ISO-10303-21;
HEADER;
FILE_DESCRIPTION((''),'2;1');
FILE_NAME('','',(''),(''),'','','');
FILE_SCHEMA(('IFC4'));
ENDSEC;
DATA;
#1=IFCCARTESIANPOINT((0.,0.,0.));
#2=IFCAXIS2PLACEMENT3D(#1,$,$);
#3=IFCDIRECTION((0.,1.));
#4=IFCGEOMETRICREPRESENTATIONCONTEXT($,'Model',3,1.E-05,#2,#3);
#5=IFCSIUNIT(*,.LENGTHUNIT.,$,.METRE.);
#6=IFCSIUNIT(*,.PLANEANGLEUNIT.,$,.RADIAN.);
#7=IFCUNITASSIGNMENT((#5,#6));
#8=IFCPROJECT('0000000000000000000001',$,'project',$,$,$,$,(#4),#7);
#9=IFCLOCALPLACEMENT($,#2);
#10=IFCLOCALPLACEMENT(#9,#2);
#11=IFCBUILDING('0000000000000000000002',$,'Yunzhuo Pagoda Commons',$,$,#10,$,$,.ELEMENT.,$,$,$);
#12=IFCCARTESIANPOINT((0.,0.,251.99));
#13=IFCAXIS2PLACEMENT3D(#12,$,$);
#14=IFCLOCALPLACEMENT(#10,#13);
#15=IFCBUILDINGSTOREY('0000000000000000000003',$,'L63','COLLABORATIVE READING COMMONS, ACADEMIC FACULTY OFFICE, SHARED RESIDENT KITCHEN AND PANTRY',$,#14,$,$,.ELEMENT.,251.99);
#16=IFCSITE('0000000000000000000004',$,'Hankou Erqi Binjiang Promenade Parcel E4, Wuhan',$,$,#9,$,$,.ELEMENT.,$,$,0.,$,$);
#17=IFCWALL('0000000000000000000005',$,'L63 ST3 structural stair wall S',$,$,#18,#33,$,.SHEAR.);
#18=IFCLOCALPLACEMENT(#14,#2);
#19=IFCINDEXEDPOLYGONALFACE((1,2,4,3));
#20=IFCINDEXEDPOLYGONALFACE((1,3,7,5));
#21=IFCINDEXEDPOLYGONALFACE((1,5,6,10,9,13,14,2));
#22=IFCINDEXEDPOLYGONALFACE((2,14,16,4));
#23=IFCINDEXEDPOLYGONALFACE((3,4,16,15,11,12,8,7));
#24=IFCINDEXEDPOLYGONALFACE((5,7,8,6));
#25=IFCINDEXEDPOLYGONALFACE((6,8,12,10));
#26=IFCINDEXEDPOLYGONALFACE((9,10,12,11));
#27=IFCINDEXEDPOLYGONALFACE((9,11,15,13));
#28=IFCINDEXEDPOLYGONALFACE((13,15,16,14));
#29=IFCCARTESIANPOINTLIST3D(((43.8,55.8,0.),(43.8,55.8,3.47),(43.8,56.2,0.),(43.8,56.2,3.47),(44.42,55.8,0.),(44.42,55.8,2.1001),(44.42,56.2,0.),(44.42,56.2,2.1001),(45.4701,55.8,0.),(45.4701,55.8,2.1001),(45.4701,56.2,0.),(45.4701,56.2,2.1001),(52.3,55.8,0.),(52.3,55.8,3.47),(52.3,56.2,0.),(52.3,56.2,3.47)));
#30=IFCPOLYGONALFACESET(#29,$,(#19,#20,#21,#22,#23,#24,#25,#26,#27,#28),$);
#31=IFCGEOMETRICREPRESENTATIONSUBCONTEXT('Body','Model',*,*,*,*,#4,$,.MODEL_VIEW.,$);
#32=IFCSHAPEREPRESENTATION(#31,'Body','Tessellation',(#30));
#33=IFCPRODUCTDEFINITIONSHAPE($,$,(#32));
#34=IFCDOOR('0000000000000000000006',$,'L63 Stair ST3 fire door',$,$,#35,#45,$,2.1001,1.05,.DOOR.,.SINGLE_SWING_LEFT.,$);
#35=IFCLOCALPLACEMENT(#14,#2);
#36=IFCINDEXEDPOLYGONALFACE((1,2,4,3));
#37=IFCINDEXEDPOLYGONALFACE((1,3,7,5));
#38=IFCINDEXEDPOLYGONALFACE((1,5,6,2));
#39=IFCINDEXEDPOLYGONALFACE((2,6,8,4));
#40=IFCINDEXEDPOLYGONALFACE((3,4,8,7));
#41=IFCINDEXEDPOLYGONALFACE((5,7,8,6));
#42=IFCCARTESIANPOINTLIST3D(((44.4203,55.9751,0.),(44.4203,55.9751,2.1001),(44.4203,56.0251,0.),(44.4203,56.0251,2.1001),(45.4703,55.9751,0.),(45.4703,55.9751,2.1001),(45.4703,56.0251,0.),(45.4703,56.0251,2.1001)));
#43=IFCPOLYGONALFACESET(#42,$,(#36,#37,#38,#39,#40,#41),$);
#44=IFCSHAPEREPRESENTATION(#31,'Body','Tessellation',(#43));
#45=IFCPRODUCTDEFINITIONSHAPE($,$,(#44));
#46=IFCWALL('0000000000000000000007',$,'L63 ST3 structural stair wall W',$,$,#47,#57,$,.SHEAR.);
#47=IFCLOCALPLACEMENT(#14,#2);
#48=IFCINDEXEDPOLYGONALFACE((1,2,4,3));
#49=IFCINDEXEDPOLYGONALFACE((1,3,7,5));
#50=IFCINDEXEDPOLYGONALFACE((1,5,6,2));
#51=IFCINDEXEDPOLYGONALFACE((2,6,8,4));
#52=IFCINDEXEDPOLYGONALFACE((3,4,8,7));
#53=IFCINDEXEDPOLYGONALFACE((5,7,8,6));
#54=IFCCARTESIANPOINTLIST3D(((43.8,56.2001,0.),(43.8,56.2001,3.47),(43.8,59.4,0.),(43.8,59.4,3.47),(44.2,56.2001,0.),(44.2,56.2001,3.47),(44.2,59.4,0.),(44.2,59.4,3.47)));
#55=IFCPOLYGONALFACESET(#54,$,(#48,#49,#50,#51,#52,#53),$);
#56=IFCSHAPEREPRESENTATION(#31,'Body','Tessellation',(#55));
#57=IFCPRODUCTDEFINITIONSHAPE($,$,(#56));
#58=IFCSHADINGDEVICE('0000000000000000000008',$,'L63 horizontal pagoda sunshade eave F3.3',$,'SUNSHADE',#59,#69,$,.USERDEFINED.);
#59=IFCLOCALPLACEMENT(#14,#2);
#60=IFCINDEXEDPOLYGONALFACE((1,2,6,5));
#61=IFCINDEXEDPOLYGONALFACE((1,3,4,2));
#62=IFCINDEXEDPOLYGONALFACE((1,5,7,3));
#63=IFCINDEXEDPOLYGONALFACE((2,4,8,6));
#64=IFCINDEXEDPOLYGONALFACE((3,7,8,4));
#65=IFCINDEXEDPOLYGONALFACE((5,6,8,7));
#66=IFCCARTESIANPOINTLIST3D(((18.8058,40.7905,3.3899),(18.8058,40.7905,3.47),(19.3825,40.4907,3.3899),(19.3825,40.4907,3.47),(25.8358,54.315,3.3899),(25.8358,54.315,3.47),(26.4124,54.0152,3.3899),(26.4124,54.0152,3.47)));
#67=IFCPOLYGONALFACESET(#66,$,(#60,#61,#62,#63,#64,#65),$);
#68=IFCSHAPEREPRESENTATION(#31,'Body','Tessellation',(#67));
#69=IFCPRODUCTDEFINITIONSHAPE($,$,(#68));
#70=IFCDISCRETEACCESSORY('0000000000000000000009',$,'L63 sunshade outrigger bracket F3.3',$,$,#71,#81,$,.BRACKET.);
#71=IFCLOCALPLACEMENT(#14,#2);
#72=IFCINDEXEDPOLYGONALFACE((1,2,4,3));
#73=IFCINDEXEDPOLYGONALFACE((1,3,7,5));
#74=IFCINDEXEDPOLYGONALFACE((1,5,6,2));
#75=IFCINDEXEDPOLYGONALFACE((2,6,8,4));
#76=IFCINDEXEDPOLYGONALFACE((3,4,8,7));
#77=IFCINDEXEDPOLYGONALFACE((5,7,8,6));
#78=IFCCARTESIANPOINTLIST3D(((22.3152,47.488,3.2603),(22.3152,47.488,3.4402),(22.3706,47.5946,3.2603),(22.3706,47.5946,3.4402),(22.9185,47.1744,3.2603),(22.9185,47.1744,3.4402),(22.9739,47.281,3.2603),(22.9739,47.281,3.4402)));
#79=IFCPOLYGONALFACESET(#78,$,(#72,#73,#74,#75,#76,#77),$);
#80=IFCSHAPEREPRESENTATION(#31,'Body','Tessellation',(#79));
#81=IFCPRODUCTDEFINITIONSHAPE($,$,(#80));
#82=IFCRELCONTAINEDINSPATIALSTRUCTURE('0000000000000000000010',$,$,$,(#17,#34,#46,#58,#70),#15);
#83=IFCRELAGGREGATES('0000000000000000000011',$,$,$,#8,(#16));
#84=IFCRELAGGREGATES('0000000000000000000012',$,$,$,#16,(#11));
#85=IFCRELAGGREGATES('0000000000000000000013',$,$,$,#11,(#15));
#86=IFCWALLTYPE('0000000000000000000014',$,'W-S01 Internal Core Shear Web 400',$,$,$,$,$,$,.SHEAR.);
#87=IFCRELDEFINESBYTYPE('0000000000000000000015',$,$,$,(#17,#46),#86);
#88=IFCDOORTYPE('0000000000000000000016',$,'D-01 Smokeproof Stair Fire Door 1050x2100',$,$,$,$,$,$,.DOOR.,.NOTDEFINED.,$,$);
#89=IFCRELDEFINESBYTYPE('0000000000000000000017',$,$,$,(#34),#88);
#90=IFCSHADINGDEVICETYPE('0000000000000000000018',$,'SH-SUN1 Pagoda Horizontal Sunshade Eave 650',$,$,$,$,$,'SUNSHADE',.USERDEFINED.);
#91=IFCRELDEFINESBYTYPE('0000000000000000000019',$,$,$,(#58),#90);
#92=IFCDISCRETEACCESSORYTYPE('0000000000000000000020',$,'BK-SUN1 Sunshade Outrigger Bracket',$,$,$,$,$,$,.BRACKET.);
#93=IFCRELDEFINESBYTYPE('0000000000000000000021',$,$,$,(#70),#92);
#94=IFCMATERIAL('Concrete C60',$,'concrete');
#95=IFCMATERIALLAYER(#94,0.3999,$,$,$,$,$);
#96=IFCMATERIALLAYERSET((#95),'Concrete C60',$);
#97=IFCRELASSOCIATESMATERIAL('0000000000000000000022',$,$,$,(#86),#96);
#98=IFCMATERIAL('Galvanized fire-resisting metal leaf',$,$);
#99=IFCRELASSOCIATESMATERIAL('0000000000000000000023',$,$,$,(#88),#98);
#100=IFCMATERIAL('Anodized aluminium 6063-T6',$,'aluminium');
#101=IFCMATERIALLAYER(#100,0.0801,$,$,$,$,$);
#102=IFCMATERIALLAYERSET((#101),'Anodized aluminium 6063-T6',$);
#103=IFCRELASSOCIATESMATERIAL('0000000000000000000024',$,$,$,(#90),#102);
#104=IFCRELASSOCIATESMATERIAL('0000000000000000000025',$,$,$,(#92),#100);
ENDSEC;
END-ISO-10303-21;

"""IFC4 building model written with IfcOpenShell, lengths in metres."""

from ifc_helpers import new_model, si_unit, direction, frame, frame_2d, origin, origin_2d, place, context, subcontext, project, spatial, rectangle, extrude, source, transform, mapped, material, layer, layer_set, type_object, element, fill, save


model = new_model("IFC4")

# Units and contexts
model_context = context("Model", 3, precision=1e-05, world=origin(), true_north=direction((0.0, 1.0)))
body_context = subcontext(model_context, "Body", "Model", "MODEL_VIEW")
ifc_project = project(units=[si_unit("LENGTHUNIT", "METRE"), si_unit("PLANEANGLEUNIT", "RADIAN")], contexts=[model_context])

# Site, building, storey
site_placement = place(None, origin())
site = spatial("IfcSite", under=ifc_project, at=site_placement, Name="Hankou Erqi Binjiang Promenade Parcel E4, Wuhan", CompositionType="ELEMENT", RefElevation=0.0)
building_placement = place(site_placement, origin())
building = spatial("IfcBuilding", under=site, at=building_placement, Name="Yunzhuo Pagoda Commons", CompositionType="ELEMENT")
storey_placement = place(building_placement, frame((0.0, 0.0, 251.99)))
storey = spatial("IfcBuildingStorey", under=building, at=storey_placement, Name="L63", Description="COLLABORATIVE READING COMMONS, ACADEMIC FACULTY OFFICE, SHARED RESIDENT KITCHEN AND PANTRY", CompositionType="ELEMENT", Elevation=251.99)

# Shared definitions
ifc_material_1 = material(Name="Anodized aluminium 6063-T6", Category="aluminium")

# Wall, opening, door
ifc_material_2 = material(Name="Concrete C60", Category="concrete")
ifc_layer_1 = layer(ifc_material_2, 0.3999)
ifc_layer_set_1 = layer_set([ifc_layer_1], Name="Concrete C60")
wall_type_1 = type_object("IfcWallType", Name="W-S01 Internal Core Shear Web 400", PredefinedType="SHEAR", material=ifc_layer_set_1)
wall_1_placement = place(storey_placement, frame((43.8, 56.0, 0.0), z_axis=(0.0, 0.0, 1.0), x_axis=(1.0, 0.0, 0.0)))
wall_1 = element("IfcWall", 1, at=wall_1_placement, inside=storey, type_object=wall_type_1, Name="L63 ST3 structural stair wall S", PredefinedType="SHEAR", context=body_context, shape_type="SweptSolid", body=[
    extrude(rectangle(XDim=8.5, YDim=0.3999, at=frame_2d((4.25, 0.0))), origin(), (0.0, 0.0, 1.0), 3.47),
])
opening_1_placement = place(wall_1_placement, frame((0.6201, 0.0, 0.0)))
opening_1 = element("IfcOpeningElement", 2, at=opening_1_placement, cuts=wall_1, PredefinedType="OPENING", context=body_context, shape_type="SweptSolid", body=[
    extrude(rectangle(XDim=1.05, YDim=2.1001, at=frame_2d((0.5249, 1.05))), frame((0.0, 0.21, 0.0), z_axis=(0.0, -1.0, 0.0), x_axis=(1.0, 0.0, 0.0)), (0.0, 0.0, 1.0), 0.4199),
])
ifc_material_3 = material(Name="Galvanized fire-resisting metal leaf")
door_type_1 = type_object("IfcDoorType", Name="D-01 Smokeproof Stair Fire Door 1050x2100", OperationType="NOTDEFINED", PredefinedType="DOOR", material=ifc_material_3)
shared_shape_1 = source(origin(), body_context, "Body", "SweptSolid", [
    extrude(rectangle(XDim=1.05, YDim=2.1001, at=frame_2d((0.5249, 1.05))), frame((0.0, 0.0249, 0.0), z_axis=(0.0, -1.0, 0.0), x_axis=(1.0, 0.0, 0.0)), (0.0, 0.0, 1.0), 0.05),
])
door_1_placement = place(opening_1_placement, frame((1.05, 0.0, 0.0), z_axis=(0.0, 0.0, 1.0), x_axis=(-1.0, 0.0, 0.0)))
door_1 = element("IfcDoor", 3, at=door_1_placement, inside=storey, type_object=door_type_1, Name="L63 Stair ST3 fire door", OperationType="SINGLE_SWING_LEFT", OverallHeight=2.1001, OverallWidth=1.05, PredefinedType="DOOR", context=body_context, shape_type="MappedRepresentation", body=[
    mapped(shared_shape_1, transform((0.0, 0.0, 0.0), scale=1.0)),
])
fill(opening_1, door_1)

# Wall
wall_2_placement = place(storey_placement, frame((44.0, 56.2, 0.0), z_axis=(0.0, 0.0, 1.0), x_axis=(0.0, 1.0, 0.0)))
element("IfcWall", 4, at=wall_2_placement, inside=storey, type_object=wall_type_1, Name="L63 ST3 structural stair wall W", PredefinedType="SHEAR", context=body_context, shape_type="SweptSolid", body=[
    extrude(rectangle(XDim=3.2, YDim=0.3999, at=frame_2d((1.6001, 0.0))), origin(), (0.0, 0.0, 1.0), 3.47),
])

# Shading device
ifc_layer_2 = layer(ifc_material_1, 0.0801)
ifc_layer_set_2 = layer_set([ifc_layer_2], Name="Anodized aluminium 6063-T6")
shading_device_type = type_object("IfcShadingDeviceType", Name="SH-SUN1 Pagoda Horizontal Sunshade Eave 650", ElementType="SUNSHADE", PredefinedType="USERDEFINED", material=ifc_layer_set_2)
shared_shape_2 = source(origin(), body_context, "Body", "SweptSolid", [
    extrude(rectangle(XDim=15.2424, YDim=0.6499, at=origin_2d()), origin(), (0.0, 0.0, 1.0), 0.0801),
])
shading_device_placement = place(storey_placement, frame((22.6091, 47.4028, 3.3899), z_axis=(0.0, 0.0, 1.0), x_axis=(-0.461207, -0.887293, 0.0)))
element("IfcShadingDevice", 5, at=shading_device_placement, inside=storey, type_object=shading_device_type, Name="L63 horizontal pagoda sunshade eave F3.3", ObjectType="SUNSHADE", PredefinedType="USERDEFINED", context=body_context, shape_type="MappedRepresentation", body=[
    mapped(shared_shape_2, transform((0.0, 0.0, 0.0), scale=1.0)),
])

# Discrete accessory
discrete_accessory_type = type_object("IfcDiscreteAccessoryType", Name="BK-SUN1 Sunshade Outrigger Bracket", PredefinedType="BRACKET", material=ifc_material_1)
shared_shape_3 = source(origin(), body_context, "Body", "SweptSolid", [
    extrude(rectangle(XDim=0.1201, YDim=0.6799, at=origin_2d()), origin(), (0.0, 0.0, 1.0), 0.1799),
])
discrete_accessory_placement = place(storey_placement, frame((22.6445, 47.3845, 3.2603), z_axis=(0.0, 0.0, 1.0), x_axis=(-0.461207, -0.887293, 0.0)))
element("IfcDiscreteAccessory", 6, at=discrete_accessory_placement, inside=storey, type_object=discrete_accessory_type, Name="L63 sunshade outrigger bracket F3.3", PredefinedType="BRACKET", context=body_context, shape_type="MappedRepresentation", body=[
    mapped(shared_shape_3, transform((0.0, 0.0, 0.0), scale=1.0)),
])

save(model, "model.ifc")
